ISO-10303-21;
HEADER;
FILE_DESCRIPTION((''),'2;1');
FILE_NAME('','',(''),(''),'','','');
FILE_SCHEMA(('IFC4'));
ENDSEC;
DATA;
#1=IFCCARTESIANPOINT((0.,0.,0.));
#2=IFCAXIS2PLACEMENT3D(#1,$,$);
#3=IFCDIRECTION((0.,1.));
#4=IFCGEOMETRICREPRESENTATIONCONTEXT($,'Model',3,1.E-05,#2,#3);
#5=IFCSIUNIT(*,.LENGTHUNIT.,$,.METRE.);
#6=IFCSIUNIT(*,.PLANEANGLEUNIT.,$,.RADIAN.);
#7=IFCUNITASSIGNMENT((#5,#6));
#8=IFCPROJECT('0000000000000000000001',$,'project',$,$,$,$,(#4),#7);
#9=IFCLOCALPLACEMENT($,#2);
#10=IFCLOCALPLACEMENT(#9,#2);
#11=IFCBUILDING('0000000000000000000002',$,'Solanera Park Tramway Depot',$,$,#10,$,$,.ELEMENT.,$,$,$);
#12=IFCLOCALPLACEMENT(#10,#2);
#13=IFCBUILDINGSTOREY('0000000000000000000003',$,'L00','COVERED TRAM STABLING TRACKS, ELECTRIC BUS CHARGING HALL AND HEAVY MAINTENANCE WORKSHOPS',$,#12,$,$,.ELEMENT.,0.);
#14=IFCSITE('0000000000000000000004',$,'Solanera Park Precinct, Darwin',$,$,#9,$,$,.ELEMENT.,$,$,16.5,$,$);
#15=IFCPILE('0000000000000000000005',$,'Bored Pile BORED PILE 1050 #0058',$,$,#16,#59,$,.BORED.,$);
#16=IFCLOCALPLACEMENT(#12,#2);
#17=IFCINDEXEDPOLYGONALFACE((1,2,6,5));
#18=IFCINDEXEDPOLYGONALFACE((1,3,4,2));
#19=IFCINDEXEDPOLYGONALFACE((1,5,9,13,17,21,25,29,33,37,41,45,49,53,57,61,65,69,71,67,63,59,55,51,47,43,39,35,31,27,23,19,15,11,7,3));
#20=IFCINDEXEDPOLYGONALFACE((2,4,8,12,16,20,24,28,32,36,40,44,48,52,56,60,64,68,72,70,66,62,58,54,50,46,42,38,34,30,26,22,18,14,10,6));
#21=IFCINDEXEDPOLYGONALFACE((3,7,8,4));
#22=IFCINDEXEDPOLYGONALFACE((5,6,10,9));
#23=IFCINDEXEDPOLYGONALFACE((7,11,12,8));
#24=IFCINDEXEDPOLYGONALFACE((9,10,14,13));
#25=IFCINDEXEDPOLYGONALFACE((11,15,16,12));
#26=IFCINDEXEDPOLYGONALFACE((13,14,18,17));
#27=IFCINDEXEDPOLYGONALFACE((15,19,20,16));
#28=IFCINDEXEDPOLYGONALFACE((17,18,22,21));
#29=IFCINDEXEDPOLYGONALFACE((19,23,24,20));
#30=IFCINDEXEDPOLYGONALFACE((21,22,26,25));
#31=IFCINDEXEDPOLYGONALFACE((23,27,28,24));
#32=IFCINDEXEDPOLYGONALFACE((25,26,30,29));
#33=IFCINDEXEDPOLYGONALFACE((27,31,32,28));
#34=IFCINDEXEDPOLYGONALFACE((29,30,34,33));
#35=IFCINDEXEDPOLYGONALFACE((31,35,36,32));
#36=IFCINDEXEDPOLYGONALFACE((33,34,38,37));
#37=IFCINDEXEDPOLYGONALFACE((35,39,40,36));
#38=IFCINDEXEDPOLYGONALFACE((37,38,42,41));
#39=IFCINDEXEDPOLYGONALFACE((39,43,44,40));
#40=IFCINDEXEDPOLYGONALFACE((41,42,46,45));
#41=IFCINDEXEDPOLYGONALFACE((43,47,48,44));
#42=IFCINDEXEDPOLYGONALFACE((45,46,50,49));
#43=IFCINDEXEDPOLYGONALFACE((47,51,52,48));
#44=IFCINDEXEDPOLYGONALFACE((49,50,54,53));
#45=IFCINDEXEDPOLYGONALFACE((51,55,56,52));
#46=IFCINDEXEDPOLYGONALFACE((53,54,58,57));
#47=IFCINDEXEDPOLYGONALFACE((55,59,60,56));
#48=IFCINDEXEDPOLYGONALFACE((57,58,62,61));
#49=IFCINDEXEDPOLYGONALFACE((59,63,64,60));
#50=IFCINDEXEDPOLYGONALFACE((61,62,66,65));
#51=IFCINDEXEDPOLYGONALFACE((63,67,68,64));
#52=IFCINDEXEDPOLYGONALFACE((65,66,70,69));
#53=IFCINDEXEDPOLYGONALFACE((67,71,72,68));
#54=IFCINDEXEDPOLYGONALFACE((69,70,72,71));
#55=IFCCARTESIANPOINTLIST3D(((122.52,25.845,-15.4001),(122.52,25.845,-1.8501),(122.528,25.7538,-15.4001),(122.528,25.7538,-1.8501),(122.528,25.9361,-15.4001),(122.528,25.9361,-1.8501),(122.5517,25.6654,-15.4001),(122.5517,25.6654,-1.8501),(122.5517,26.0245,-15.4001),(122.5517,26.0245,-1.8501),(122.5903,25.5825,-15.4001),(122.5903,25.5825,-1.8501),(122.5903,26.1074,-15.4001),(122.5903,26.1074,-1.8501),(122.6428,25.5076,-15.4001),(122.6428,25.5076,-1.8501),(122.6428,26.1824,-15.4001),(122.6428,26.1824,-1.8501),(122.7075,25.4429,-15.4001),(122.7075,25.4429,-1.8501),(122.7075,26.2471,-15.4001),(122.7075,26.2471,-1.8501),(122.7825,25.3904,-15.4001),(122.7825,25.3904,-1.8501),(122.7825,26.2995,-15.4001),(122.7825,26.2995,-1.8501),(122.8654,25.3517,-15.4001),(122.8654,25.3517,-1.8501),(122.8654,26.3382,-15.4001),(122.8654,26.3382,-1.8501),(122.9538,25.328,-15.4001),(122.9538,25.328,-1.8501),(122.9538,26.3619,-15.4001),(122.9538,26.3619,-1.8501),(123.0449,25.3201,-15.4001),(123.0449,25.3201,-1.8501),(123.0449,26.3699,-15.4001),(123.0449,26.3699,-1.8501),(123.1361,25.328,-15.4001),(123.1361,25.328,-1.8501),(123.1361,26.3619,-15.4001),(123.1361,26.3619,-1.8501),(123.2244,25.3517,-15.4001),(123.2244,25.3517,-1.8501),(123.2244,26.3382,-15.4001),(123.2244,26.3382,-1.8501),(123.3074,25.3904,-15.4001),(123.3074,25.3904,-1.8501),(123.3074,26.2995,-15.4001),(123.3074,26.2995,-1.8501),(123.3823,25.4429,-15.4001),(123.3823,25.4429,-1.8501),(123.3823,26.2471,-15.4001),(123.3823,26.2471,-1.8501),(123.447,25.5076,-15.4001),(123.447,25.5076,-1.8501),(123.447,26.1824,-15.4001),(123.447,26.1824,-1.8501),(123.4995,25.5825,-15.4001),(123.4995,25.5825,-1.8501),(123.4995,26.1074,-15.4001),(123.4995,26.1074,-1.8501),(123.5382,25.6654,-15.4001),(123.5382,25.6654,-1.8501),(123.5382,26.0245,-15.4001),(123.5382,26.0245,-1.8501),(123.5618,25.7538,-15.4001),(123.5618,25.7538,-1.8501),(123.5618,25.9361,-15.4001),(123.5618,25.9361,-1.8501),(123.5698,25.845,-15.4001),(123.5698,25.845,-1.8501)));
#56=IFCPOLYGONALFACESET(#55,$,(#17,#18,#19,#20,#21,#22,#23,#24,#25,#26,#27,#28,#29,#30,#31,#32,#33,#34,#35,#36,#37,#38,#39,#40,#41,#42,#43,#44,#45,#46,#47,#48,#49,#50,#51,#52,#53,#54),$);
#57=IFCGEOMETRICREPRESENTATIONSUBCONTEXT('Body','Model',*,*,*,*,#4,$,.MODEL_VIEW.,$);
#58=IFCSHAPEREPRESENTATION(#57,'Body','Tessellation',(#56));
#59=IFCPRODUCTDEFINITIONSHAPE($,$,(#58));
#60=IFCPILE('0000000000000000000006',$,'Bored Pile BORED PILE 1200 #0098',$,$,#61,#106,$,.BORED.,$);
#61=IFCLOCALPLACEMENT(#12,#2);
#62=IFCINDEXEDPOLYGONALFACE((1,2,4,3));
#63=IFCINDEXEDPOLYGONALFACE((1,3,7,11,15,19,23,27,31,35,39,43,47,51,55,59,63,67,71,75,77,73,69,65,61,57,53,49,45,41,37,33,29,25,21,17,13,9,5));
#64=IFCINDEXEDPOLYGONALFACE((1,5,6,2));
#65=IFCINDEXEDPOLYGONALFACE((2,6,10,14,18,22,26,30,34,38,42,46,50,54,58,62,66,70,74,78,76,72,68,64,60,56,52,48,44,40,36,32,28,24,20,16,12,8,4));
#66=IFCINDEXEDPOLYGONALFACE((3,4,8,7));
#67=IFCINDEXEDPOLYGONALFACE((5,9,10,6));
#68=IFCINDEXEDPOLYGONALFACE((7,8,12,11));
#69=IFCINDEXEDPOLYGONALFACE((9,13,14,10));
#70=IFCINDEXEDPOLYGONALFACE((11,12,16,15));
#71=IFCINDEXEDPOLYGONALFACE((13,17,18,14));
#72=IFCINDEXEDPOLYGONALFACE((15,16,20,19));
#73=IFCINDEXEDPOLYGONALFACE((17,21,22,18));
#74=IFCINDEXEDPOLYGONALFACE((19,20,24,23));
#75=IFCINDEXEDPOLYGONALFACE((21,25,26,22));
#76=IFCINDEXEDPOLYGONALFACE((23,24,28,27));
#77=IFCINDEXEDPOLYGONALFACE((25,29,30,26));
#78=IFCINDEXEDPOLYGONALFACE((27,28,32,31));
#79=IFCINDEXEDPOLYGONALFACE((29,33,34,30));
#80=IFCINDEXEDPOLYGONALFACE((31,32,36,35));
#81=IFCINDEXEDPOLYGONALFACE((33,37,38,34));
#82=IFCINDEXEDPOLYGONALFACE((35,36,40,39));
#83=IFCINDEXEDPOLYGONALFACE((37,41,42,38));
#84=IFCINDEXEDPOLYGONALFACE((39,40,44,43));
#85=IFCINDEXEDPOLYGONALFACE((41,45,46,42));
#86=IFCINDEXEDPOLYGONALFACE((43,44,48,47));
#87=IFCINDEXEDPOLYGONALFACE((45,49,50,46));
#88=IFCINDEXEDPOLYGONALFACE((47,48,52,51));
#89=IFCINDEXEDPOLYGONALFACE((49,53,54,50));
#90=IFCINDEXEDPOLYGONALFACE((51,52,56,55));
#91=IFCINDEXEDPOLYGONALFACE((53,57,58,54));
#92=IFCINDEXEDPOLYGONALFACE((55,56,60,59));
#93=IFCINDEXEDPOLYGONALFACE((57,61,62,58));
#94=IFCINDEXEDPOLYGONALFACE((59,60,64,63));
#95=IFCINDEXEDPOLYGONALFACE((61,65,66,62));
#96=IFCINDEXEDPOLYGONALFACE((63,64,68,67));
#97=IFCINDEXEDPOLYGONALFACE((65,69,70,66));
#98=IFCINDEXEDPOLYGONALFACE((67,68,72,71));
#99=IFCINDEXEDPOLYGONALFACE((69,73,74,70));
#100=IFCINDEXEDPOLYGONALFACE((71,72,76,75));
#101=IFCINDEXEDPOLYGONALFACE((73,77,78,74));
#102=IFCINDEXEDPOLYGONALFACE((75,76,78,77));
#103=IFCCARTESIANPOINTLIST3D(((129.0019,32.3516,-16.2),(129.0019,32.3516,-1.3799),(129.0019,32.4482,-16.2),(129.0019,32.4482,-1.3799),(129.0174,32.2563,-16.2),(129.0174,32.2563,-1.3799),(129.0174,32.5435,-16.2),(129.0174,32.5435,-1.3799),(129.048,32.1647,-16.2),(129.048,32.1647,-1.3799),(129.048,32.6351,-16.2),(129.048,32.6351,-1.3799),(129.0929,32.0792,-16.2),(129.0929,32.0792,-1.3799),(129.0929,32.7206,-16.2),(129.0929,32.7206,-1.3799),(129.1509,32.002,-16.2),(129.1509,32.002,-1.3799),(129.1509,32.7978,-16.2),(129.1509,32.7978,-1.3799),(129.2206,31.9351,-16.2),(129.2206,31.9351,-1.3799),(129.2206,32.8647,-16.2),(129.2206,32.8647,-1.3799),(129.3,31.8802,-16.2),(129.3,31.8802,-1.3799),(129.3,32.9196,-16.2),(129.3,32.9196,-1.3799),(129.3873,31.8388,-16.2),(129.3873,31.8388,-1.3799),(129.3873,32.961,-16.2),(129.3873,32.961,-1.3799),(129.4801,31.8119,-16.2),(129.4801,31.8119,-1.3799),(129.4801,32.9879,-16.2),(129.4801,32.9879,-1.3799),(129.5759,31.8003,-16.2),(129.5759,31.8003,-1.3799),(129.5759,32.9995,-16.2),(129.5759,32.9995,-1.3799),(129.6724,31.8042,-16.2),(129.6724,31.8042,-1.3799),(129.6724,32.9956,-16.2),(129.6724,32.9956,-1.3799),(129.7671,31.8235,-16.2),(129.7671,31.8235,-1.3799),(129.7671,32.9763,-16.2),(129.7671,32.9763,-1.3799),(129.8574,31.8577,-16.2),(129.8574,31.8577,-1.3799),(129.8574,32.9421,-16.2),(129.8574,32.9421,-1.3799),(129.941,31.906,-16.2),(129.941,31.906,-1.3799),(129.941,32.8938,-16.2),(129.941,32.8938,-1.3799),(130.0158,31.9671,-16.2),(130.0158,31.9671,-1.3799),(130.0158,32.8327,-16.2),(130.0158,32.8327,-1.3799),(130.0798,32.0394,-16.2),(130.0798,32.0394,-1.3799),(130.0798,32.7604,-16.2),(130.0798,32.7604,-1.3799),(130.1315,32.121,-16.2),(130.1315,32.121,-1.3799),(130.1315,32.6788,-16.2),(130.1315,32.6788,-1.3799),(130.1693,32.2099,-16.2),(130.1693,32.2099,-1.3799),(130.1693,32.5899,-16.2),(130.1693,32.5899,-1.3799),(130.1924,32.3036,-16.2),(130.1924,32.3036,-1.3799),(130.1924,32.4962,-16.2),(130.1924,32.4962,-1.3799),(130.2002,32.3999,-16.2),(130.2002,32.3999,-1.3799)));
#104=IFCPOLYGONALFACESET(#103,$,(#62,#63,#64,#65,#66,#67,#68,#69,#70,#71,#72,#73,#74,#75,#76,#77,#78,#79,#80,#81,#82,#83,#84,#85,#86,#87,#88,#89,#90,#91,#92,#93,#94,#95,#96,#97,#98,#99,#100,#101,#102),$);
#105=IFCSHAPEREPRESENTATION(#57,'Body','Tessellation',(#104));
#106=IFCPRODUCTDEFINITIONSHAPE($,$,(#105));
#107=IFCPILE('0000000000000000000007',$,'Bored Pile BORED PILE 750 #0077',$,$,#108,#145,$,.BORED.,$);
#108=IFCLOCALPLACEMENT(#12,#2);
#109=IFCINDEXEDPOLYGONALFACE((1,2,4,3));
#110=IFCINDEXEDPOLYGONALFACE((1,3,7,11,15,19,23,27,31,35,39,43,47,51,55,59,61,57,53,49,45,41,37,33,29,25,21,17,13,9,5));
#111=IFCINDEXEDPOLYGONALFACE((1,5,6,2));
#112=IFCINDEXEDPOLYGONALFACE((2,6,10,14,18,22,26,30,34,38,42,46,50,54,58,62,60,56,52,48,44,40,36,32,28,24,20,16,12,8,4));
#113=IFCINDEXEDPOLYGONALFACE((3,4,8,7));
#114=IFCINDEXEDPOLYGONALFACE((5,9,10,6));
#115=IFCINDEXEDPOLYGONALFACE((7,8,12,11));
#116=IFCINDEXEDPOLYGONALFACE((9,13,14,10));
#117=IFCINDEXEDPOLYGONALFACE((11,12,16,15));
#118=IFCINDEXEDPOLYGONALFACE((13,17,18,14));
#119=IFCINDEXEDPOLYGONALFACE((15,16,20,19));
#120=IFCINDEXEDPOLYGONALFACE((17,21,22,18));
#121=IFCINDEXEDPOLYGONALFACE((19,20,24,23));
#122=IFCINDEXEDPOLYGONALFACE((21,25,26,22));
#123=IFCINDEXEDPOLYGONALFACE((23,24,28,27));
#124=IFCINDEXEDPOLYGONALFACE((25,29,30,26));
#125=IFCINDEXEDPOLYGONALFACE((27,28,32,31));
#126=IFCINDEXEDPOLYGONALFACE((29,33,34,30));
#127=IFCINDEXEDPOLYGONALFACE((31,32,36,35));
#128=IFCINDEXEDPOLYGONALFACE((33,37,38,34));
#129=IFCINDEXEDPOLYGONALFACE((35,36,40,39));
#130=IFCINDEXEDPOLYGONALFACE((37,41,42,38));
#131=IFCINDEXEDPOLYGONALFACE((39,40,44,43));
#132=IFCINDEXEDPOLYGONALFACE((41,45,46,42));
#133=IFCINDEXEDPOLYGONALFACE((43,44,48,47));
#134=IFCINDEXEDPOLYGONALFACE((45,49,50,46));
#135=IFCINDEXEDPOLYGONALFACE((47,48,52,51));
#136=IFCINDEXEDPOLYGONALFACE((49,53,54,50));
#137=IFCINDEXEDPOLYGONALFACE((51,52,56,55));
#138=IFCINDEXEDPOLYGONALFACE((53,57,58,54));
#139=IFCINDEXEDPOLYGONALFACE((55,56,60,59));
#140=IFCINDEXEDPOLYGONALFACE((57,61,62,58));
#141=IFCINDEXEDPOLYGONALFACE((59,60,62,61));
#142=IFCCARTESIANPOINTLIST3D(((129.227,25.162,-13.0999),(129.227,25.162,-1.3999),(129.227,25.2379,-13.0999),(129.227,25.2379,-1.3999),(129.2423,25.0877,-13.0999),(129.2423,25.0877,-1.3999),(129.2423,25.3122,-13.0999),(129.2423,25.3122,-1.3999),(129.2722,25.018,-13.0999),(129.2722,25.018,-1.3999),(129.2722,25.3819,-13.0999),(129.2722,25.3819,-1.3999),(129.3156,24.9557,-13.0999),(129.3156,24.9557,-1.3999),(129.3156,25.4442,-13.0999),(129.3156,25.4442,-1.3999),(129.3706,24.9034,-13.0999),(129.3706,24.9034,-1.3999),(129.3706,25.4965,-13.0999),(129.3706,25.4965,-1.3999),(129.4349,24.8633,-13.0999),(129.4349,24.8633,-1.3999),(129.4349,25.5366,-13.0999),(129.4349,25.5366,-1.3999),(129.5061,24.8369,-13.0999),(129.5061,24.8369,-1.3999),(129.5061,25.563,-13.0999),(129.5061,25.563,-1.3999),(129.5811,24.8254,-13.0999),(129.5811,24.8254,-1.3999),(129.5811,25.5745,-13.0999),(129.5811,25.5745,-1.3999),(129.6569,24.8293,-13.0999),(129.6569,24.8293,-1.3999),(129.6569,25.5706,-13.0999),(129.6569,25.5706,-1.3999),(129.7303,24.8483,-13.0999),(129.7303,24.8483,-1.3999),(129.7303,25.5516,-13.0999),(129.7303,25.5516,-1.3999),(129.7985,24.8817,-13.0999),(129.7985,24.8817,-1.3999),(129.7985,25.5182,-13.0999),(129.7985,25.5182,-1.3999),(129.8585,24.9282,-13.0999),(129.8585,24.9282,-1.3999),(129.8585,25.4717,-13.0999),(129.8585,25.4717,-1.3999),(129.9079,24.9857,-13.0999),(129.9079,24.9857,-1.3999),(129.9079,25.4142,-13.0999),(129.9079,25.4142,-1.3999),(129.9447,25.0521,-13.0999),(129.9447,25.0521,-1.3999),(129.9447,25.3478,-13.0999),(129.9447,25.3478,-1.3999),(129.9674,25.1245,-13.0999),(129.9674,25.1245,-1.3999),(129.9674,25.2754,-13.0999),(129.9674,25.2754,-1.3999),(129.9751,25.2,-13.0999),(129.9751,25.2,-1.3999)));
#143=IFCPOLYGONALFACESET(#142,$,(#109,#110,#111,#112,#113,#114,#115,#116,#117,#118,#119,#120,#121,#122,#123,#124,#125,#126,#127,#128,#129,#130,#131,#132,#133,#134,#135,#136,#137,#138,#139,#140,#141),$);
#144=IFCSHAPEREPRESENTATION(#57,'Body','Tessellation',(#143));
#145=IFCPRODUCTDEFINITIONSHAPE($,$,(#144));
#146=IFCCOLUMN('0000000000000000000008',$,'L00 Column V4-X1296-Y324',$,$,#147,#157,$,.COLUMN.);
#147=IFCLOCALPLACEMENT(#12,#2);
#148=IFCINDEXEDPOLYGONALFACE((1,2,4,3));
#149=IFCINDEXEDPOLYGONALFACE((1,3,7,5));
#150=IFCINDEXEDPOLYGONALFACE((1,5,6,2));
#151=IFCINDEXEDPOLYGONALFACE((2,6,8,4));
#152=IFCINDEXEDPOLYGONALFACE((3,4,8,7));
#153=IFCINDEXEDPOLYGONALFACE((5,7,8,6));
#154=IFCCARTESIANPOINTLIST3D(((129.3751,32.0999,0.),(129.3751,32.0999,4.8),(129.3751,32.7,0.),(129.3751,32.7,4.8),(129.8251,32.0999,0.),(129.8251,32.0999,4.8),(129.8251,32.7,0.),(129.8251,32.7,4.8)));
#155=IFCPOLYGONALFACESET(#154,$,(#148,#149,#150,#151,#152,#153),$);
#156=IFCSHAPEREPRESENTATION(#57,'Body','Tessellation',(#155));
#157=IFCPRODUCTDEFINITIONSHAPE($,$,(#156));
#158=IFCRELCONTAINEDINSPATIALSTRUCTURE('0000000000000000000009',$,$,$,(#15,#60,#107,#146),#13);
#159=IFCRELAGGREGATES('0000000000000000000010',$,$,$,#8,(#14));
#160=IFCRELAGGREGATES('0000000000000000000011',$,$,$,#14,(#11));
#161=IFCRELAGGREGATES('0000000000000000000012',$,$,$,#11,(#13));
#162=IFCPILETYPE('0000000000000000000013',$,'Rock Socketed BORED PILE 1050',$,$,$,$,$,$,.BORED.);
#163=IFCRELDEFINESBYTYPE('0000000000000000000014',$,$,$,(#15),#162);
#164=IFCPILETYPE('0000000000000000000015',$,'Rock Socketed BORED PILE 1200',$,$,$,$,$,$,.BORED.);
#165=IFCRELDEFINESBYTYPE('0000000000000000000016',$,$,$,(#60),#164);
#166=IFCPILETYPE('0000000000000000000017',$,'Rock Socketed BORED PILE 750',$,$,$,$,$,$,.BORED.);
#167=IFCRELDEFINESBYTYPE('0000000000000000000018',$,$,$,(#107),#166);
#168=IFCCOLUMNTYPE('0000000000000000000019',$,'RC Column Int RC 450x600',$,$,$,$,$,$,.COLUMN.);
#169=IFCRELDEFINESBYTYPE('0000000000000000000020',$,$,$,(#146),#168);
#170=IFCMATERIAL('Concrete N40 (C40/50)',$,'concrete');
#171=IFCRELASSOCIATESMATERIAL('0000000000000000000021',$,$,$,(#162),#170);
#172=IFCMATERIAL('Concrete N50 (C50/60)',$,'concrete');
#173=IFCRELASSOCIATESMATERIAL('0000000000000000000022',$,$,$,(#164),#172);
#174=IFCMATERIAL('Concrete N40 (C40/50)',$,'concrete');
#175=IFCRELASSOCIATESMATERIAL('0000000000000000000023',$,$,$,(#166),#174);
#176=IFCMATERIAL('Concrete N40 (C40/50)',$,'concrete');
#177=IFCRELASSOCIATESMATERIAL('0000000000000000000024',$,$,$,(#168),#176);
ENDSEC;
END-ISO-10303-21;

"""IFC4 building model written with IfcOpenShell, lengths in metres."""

from ifc_helpers import new_model, si_unit, direction, frame, origin, origin_2d, place, context, subcontext, project, spatial, rectangle, circle, extrude, material, material_profile, profile_set, type_object, element, save


model = new_model("IFC4")

# Units and contexts
model_context = context("Model", 3, precision=1e-05, world=origin(), true_north=direction((0.0, 1.0)))
body_context = subcontext(model_context, "Body", "Model", "MODEL_VIEW")
ifc_project = project(units=[si_unit("LENGTHUNIT", "METRE"), si_unit("PLANEANGLEUNIT", "RADIAN")], contexts=[model_context])

# Site, building, storey
site_placement = place(None, origin())
site = spatial("IfcSite", under=ifc_project, at=site_placement, Name="Solanera Park Precinct, Darwin", CompositionType="ELEMENT", RefElevation=16.5)
building_placement = place(site_placement, origin())
building = spatial("IfcBuilding", under=site, at=building_placement, Name="Solanera Park Tramway Depot", CompositionType="ELEMENT")
storey_placement = place(building_placement, origin())
storey = spatial("IfcBuildingStorey", under=building, at=storey_placement, Name="L00", Description="COVERED TRAM STABLING TRACKS, ELECTRIC BUS CHARGING HALL AND HEAVY MAINTENANCE WORKSHOPS", CompositionType="ELEMENT", Elevation=0.0)

# Piles
ifc_material_1 = material(Name="Concrete N40 (C40/50)", Category="concrete")
ifc_material_profile_1 = material_profile(ifc_material_1, circle(Radius=0.5249, at=origin_2d()), Name="BORED PILE 1050")
ifc_profile_set_1 = profile_set([ifc_material_profile_1], Name="Concrete N40 (C40/50)")
pile_type_1 = type_object("IfcPileType", Name="Rock Socketed BORED PILE 1050", PredefinedType="BORED", material=ifc_profile_set_1)
pile_1_placement = place(storey_placement, frame((123.0449, 25.845, -1.8501), z_axis=(0.0, 0.0, -1.0), x_axis=(1.0, 0.0, 0.0)))
element("IfcPile", 1, at=pile_1_placement, inside=storey, type_object=pile_type_1, Name="Bored Pile BORED PILE 1050 #0058", PredefinedType="BORED", context=body_context, shape_type="SweptSolid", body=[
    extrude(circle(Radius=0.5249, at=origin_2d()), origin(), (0.0, 0.0, 1.0), 13.55),
])
ifc_material_2 = material(Name="Concrete N50 (C50/60)", Category="concrete")
ifc_material_profile_2 = material_profile(ifc_material_2, circle(Radius=0.6001, at=origin_2d()), Name="BORED PILE 1200")
ifc_profile_set_2 = profile_set([ifc_material_profile_2], Name="Concrete N50 (C50/60)")
pile_type_2 = type_object("IfcPileType", Name="Rock Socketed BORED PILE 1200", PredefinedType="BORED", material=ifc_profile_set_2)
pile_2_placement = place(storey_placement, frame((129.6001, 32.3999, -1.3799), z_axis=(0.0, 0.0, -1.0), x_axis=(1.0, 0.0, 0.0)))
element("IfcPile", 2, at=pile_2_placement, inside=storey, type_object=pile_type_2, Name="Bored Pile BORED PILE 1200 #0098", PredefinedType="BORED", context=body_context, shape_type="SweptSolid", body=[
    extrude(circle(Radius=0.6001, at=origin_2d()), origin(), (0.0, 0.0, 1.0), 14.8201),
])
ifc_material_3 = material(Name="Concrete N40 (C40/50)", Category="concrete")
ifc_material_profile_3 = material_profile(ifc_material_3, circle(Radius=0.375, at=origin_2d()), Name="BORED PILE 750")
ifc_profile_set_3 = profile_set([ifc_material_profile_3], Name="Concrete N40 (C40/50)")
pile_type_3 = type_object("IfcPileType", Name="Rock Socketed BORED PILE 750", PredefinedType="BORED", material=ifc_profile_set_3)
pile_3_placement = place(storey_placement, frame((129.6001, 25.2, -1.3999), z_axis=(0.0, 0.0, -1.0), x_axis=(1.0, 0.0, 0.0)))
element("IfcPile", 3, at=pile_3_placement, inside=storey, type_object=pile_type_3, Name="Bored Pile BORED PILE 750 #0077", PredefinedType="BORED", context=body_context, shape_type="SweptSolid", body=[
    extrude(circle(Radius=0.375, at=origin_2d()), origin(), (0.0, 0.0, 1.0), 11.7),
])

# Column
ifc_material_4 = material(Name="Concrete N40 (C40/50)", Category="concrete")
ifc_material_profile_4 = material_profile(ifc_material_4, rectangle(XDim=0.45, YDim=0.6001, at=origin_2d()), Name="RC 450x600")
ifc_profile_set_4 = profile_set([ifc_material_profile_4], Name="Concrete N40 (C40/50)")
column_type_1 = type_object("IfcColumnType", Name="RC Column Int RC 450x600", PredefinedType="COLUMN", material=ifc_profile_set_4)
column_1_placement = place(storey_placement, frame((129.6001, 32.3999, 0.0), z_axis=(0.0, 0.0, 1.0), x_axis=(1.0, 0.0, 0.0)))
element("IfcColumn", 4, at=column_1_placement, inside=storey, type_object=column_type_1, Name="L00 Column V4-X1296-Y324", PredefinedType="COLUMN", context=body_context, shape_type="SweptSolid", body=[
    extrude(rectangle(XDim=0.45, YDim=0.6001, at=origin_2d()), origin(), (0.0, 0.0, 1.0), 4.8),
])

save(model, "model.ifc")
